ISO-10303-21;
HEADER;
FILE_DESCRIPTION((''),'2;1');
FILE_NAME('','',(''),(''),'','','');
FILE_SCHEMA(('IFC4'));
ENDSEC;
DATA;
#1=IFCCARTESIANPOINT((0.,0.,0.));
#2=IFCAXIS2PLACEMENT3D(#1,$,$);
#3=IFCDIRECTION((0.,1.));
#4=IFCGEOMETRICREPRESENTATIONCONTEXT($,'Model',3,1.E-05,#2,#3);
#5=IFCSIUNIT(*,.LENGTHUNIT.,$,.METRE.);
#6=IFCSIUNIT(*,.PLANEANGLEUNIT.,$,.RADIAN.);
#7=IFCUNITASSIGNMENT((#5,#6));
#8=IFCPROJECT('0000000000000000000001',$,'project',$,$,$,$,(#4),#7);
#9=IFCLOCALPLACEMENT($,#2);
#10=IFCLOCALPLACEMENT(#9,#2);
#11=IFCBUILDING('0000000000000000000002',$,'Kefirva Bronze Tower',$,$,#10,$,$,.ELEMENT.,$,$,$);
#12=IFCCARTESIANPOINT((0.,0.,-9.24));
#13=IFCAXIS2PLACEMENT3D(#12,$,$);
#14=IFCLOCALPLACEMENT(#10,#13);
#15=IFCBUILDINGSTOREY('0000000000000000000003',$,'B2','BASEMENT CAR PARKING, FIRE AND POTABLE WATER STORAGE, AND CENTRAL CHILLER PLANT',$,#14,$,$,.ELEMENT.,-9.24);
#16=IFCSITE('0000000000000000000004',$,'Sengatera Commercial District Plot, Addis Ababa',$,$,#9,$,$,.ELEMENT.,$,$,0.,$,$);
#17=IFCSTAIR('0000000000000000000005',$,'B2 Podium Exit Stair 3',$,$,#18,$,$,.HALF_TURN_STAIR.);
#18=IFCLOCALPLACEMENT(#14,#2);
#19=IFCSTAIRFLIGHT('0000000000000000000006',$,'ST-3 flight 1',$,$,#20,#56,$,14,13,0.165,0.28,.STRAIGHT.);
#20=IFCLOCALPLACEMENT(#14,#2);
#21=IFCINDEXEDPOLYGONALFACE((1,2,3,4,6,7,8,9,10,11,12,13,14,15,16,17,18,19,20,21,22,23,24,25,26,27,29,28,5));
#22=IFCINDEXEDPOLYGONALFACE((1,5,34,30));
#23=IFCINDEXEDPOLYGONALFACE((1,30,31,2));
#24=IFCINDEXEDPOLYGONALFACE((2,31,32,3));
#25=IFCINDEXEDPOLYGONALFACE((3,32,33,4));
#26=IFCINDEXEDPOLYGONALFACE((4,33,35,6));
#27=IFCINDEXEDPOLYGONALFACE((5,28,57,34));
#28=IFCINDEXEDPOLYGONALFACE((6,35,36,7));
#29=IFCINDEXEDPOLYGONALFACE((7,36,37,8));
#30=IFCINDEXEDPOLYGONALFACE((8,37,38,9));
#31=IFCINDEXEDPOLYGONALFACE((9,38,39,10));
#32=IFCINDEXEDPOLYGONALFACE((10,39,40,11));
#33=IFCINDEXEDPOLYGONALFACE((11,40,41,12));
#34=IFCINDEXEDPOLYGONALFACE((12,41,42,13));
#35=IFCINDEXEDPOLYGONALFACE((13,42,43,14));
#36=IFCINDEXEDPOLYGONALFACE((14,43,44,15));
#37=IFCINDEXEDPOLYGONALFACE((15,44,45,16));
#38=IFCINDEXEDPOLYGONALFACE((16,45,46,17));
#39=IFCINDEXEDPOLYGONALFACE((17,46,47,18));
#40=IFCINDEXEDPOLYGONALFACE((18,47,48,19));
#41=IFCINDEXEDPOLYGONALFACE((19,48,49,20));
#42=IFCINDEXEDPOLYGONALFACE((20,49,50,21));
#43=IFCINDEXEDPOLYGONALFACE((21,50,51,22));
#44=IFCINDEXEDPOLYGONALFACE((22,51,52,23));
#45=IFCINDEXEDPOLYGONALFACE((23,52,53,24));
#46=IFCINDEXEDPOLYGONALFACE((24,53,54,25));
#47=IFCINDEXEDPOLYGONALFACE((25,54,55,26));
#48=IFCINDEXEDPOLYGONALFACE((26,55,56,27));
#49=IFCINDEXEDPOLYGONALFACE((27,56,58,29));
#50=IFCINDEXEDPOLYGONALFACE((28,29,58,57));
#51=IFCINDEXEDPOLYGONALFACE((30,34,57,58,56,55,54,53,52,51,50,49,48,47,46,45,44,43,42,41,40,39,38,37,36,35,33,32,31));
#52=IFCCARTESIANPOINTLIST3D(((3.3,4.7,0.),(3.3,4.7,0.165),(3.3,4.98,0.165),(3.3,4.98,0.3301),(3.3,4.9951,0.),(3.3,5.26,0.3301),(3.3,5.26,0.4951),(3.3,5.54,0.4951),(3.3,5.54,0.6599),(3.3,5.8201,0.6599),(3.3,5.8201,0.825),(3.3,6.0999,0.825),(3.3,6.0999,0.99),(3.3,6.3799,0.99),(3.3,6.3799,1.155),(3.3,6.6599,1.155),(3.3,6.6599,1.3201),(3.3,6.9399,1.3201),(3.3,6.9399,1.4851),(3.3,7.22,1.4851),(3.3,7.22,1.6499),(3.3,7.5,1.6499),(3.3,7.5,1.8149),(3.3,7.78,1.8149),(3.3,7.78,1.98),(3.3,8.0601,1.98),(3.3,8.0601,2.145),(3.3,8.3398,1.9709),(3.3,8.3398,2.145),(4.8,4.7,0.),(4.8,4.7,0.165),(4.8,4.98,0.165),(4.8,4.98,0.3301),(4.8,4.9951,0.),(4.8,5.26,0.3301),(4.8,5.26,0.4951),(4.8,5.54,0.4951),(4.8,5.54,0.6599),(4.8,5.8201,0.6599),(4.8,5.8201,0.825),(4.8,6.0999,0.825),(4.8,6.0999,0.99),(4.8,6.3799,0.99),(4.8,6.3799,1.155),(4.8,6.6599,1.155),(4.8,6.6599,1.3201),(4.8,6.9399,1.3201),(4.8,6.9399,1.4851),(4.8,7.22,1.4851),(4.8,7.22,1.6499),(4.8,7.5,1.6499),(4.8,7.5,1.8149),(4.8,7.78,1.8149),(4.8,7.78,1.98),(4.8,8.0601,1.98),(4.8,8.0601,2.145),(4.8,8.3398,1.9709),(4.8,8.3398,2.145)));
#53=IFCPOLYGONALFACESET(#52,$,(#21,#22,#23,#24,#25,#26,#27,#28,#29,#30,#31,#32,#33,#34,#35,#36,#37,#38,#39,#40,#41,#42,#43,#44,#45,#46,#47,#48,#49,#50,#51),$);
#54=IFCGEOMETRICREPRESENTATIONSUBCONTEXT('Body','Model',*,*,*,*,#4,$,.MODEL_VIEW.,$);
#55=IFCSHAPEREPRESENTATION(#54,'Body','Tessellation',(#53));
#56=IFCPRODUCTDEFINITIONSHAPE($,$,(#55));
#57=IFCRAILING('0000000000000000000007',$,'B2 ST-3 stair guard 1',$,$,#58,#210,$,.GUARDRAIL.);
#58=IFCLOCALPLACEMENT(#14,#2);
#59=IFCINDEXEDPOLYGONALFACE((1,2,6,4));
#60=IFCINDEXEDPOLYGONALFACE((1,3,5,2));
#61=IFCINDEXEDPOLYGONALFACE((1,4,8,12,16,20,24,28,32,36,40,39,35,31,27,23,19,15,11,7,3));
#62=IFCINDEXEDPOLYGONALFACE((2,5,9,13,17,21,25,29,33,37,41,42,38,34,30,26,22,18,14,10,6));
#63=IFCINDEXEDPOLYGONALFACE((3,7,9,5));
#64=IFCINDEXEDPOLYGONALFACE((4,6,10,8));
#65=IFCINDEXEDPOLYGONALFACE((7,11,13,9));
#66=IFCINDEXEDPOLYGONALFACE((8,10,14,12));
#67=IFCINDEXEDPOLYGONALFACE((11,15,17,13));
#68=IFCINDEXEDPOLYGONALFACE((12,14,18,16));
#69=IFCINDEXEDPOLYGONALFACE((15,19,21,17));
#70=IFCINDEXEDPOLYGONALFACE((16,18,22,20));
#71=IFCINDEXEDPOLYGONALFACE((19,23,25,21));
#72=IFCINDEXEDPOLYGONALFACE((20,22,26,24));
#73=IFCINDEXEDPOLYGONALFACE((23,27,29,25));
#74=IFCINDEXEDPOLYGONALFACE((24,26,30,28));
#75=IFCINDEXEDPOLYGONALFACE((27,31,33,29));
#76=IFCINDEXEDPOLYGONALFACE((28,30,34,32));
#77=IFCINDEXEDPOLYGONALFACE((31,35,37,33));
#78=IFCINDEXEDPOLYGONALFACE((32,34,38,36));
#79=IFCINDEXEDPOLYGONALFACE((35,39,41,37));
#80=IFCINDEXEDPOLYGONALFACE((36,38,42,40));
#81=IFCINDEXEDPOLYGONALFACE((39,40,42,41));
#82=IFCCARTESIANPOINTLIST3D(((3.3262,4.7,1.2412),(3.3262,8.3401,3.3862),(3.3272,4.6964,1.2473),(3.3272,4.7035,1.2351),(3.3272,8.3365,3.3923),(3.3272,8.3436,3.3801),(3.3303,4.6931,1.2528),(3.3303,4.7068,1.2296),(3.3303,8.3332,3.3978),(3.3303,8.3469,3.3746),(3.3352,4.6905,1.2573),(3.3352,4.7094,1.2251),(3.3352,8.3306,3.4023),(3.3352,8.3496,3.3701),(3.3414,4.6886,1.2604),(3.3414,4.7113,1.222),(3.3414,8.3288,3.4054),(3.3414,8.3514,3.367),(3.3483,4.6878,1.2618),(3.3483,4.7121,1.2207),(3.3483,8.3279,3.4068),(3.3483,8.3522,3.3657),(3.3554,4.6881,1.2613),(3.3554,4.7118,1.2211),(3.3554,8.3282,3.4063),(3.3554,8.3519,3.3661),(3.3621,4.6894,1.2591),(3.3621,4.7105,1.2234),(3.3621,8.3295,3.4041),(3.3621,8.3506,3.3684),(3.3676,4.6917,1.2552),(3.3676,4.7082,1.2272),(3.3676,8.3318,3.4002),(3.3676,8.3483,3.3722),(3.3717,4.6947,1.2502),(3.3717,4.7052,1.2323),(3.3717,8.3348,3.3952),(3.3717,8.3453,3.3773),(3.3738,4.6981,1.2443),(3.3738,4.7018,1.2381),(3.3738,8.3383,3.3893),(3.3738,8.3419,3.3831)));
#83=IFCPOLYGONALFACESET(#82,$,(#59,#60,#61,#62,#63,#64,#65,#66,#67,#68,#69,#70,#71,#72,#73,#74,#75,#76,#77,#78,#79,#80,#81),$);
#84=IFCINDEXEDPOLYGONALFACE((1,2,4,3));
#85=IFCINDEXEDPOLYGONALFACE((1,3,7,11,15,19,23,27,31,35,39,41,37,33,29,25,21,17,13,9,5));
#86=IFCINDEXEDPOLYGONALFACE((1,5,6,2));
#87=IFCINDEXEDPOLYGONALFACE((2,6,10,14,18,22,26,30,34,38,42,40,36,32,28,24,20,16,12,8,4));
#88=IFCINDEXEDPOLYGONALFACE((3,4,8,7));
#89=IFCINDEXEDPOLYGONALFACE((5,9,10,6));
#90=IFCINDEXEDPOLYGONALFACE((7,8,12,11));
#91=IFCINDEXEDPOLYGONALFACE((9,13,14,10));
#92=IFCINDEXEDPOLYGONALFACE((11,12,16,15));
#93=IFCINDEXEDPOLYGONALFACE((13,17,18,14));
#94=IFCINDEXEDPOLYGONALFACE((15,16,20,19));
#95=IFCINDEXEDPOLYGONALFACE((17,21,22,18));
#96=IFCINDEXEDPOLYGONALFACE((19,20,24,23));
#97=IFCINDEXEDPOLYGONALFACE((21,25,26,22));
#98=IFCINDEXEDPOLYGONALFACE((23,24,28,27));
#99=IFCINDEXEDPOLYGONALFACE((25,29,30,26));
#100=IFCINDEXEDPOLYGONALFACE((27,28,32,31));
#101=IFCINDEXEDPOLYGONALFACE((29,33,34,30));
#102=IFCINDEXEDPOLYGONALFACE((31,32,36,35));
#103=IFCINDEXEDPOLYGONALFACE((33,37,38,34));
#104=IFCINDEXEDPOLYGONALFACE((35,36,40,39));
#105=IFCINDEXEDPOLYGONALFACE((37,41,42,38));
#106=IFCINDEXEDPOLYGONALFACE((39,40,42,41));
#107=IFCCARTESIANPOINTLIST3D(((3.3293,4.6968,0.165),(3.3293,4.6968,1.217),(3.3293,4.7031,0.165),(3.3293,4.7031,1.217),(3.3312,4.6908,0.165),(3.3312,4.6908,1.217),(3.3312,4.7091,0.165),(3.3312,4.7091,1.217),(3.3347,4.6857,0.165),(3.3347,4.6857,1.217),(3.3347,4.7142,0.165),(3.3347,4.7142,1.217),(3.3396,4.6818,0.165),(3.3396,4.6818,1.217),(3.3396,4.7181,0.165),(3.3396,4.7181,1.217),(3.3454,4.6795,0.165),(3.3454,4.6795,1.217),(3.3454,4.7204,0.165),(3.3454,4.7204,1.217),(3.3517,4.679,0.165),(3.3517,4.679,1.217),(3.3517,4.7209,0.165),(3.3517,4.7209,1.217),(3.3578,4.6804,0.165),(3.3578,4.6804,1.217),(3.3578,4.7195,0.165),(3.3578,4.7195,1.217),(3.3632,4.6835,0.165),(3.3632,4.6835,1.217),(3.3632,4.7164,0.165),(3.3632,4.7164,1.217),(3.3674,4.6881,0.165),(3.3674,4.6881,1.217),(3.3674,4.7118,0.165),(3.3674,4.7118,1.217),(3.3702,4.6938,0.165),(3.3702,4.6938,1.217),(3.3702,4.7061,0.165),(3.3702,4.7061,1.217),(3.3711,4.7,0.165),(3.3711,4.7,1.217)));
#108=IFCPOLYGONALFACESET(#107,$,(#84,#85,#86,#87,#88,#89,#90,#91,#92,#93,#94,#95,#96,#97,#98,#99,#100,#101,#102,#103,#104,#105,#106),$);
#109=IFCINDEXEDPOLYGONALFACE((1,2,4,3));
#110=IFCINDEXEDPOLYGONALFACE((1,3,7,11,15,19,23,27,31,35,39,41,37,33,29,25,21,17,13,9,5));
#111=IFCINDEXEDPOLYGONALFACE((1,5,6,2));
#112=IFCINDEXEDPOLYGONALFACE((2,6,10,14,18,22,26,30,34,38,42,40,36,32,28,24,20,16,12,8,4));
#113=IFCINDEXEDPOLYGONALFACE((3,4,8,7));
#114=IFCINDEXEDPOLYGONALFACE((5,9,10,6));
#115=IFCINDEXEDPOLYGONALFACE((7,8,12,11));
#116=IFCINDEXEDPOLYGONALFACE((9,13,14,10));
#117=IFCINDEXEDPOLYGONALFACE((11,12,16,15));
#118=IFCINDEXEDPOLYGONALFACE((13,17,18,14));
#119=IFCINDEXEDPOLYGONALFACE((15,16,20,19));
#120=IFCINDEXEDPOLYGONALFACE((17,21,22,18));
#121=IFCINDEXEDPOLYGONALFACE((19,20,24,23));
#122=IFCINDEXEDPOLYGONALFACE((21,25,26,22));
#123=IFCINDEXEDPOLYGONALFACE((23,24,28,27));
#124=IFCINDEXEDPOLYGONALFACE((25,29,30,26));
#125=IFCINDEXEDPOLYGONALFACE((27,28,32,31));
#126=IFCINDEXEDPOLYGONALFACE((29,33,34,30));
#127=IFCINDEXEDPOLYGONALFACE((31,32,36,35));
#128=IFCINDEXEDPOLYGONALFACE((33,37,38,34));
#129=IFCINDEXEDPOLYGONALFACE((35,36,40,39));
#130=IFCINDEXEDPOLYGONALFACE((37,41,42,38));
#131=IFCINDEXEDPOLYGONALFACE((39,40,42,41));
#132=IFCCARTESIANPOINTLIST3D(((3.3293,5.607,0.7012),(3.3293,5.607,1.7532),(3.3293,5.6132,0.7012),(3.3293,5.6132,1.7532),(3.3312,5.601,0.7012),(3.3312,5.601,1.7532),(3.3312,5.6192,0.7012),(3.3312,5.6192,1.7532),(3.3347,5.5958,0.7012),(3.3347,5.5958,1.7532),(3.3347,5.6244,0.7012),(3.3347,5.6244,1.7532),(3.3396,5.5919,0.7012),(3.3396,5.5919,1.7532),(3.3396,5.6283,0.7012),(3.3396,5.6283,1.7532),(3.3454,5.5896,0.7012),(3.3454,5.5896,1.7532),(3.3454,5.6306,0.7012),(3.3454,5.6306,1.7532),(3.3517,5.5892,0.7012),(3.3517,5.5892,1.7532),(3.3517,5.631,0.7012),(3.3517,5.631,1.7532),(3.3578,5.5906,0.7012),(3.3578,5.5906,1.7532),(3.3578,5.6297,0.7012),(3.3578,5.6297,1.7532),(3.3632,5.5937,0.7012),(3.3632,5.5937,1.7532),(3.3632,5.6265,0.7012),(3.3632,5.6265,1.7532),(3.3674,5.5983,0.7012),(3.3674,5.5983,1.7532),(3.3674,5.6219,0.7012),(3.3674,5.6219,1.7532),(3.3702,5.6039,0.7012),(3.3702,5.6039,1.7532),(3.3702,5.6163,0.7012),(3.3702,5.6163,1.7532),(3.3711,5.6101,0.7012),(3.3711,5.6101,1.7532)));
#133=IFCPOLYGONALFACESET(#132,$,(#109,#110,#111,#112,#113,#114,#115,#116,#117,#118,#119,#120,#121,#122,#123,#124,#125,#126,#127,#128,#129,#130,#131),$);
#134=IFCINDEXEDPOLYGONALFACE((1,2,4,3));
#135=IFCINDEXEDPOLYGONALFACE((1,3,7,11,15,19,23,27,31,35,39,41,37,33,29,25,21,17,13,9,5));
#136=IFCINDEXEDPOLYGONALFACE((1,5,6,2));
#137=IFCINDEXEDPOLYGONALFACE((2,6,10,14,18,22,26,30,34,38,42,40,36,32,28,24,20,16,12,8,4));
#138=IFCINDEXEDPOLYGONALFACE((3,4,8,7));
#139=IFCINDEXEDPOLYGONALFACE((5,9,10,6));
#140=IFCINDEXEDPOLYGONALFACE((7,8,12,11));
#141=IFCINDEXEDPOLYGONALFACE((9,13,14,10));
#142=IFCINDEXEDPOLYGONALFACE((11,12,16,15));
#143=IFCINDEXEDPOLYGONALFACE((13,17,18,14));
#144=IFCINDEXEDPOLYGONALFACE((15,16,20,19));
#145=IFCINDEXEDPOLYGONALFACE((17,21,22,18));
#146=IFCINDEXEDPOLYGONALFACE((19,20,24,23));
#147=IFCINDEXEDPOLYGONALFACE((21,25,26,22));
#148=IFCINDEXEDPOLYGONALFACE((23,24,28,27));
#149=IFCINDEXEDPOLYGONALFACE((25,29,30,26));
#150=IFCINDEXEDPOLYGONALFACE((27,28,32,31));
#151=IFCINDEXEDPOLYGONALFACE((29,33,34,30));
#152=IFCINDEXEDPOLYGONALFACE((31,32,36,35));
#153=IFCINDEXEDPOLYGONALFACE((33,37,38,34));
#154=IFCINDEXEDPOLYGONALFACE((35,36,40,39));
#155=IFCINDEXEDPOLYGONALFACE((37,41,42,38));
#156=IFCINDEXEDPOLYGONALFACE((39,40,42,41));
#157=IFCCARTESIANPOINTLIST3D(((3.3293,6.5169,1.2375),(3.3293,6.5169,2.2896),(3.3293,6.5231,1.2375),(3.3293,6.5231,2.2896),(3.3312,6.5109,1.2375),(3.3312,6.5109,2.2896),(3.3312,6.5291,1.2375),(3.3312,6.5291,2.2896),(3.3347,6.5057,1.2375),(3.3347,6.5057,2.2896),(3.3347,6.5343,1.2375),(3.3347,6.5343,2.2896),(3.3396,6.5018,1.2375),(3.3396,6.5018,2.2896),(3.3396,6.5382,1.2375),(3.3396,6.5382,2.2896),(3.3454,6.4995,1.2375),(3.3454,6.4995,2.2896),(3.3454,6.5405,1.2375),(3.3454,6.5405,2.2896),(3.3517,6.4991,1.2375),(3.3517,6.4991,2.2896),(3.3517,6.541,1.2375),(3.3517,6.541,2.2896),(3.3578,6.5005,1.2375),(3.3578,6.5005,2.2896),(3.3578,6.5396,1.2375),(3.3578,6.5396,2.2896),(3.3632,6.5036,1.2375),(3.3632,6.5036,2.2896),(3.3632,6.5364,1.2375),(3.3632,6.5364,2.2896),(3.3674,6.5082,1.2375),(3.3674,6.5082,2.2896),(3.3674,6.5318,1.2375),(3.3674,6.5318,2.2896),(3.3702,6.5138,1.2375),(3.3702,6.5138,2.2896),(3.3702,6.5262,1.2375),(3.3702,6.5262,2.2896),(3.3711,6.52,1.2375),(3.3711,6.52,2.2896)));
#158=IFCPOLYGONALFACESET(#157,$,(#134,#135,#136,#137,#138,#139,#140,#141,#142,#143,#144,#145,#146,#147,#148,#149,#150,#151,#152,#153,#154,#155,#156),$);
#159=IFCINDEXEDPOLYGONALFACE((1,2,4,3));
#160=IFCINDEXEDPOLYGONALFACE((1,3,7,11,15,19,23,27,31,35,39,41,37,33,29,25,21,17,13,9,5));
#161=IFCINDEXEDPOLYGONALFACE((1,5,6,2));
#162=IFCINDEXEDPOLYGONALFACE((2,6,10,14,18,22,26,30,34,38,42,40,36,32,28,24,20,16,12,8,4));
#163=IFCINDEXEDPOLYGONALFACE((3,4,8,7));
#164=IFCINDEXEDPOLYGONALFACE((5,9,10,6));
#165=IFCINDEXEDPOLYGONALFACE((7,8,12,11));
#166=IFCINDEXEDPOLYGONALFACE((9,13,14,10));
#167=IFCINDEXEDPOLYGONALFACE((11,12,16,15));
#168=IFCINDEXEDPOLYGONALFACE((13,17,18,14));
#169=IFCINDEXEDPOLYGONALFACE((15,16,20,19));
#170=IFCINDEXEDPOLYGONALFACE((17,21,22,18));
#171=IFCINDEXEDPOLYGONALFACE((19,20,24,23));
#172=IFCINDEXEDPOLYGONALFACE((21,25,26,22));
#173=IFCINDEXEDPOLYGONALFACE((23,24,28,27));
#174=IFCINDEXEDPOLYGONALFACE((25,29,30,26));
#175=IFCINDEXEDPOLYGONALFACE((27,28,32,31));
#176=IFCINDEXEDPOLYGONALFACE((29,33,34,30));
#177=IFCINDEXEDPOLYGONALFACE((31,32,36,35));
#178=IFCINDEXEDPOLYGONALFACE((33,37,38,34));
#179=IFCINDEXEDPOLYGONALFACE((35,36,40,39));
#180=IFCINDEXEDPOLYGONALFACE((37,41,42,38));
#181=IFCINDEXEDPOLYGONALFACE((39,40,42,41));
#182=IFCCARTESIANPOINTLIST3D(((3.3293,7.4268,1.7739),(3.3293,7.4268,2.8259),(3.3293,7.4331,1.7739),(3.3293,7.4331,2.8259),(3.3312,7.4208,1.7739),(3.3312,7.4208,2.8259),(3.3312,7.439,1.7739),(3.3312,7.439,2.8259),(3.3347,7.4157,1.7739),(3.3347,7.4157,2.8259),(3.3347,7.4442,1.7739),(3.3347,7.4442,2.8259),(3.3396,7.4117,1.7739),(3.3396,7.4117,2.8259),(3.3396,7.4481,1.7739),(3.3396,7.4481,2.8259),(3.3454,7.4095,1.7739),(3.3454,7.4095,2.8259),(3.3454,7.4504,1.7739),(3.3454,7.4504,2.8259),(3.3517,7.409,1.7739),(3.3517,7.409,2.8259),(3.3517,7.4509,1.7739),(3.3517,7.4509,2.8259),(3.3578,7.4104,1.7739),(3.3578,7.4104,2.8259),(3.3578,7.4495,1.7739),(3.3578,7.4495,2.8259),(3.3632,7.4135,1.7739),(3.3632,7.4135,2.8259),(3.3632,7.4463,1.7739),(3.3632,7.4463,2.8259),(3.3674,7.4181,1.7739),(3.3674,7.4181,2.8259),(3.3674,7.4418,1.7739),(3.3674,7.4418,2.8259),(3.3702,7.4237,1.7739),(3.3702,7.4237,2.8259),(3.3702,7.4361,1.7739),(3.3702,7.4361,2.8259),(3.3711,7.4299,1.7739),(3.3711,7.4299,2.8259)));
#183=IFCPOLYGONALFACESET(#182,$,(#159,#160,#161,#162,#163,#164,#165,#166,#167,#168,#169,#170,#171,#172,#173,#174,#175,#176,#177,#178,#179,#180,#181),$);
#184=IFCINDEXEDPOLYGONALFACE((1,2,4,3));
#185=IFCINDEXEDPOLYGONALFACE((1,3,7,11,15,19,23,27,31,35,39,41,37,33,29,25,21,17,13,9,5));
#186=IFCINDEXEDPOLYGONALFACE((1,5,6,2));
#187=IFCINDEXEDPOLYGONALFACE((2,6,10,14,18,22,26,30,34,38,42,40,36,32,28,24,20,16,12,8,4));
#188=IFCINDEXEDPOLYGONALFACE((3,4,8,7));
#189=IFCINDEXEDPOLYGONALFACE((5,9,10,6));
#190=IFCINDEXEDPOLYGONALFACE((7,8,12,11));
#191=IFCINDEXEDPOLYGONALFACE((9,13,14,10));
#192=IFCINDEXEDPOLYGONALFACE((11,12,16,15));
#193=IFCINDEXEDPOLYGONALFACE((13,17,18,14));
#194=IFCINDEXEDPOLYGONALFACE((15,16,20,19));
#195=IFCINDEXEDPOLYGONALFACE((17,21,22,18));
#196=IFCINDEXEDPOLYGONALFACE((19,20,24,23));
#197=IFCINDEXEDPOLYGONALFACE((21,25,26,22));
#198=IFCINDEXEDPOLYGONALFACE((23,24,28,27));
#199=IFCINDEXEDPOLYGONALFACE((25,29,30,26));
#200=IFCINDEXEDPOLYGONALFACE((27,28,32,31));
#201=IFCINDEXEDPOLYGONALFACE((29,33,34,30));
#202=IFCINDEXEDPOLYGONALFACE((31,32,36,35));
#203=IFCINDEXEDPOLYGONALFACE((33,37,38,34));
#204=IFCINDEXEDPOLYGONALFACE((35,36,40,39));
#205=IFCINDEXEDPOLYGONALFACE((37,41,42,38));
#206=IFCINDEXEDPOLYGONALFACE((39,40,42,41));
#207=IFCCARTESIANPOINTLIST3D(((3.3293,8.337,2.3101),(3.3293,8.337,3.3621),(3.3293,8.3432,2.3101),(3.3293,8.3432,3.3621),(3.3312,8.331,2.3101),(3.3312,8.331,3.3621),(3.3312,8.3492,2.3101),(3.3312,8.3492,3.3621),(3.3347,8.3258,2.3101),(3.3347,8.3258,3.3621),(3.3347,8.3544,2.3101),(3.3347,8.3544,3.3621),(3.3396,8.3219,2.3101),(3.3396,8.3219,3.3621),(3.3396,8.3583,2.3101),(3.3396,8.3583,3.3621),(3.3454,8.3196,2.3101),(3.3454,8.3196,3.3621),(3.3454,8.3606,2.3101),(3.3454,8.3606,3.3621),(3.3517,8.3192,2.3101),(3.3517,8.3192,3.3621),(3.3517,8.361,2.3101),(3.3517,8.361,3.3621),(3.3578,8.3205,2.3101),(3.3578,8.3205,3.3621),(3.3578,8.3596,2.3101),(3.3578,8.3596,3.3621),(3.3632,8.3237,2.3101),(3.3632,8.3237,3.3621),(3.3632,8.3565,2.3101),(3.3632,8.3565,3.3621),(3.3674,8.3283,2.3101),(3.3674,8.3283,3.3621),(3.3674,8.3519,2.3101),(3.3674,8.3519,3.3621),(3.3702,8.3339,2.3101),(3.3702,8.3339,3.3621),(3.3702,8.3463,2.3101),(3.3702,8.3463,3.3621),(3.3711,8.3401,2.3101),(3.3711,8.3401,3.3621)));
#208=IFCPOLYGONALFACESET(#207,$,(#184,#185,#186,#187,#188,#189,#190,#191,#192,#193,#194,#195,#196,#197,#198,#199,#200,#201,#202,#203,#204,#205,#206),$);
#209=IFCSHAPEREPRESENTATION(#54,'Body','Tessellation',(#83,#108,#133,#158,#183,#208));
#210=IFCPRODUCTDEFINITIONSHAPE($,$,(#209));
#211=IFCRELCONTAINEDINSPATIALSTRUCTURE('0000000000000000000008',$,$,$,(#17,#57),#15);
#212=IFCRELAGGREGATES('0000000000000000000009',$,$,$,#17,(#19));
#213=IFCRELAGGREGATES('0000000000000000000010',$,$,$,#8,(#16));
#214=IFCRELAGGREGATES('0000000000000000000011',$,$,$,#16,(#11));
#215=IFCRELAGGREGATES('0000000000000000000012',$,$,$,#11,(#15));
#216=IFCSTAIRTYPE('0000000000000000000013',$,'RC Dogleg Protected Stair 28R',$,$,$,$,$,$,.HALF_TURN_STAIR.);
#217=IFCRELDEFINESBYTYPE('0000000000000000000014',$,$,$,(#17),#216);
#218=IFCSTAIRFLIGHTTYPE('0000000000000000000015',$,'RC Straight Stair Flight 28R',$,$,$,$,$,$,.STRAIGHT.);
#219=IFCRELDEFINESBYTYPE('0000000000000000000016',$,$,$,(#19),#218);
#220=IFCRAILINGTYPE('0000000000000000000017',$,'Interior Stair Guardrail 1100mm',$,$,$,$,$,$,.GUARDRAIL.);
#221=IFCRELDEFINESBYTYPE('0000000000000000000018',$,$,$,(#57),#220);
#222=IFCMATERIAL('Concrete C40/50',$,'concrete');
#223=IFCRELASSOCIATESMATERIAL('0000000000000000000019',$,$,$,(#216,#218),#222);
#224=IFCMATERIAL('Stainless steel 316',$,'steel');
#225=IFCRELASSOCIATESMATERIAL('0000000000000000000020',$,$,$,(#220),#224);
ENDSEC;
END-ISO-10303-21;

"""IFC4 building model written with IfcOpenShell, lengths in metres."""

from ifc_helpers import new_model, si_unit, direction, frame, origin, origin_2d, place, context, subcontext, project, spatial, polyline, circle, outline, extrude, material, type_object, element, aggregate, save


model = new_model("IFC4")

# Units and contexts
model_context = context("Model", 3, precision=1e-05, world=origin(), true_north=direction((0.0, 1.0)))
body_context = subcontext(model_context, "Body", "Model", "MODEL_VIEW")
ifc_project = project(units=[si_unit("LENGTHUNIT", "METRE"), si_unit("PLANEANGLEUNIT", "RADIAN")], contexts=[model_context])

# Site, building, storey
site_placement = place(None, origin())
site = spatial("IfcSite", under=ifc_project, at=site_placement, Name="Sengatera Commercial District Plot, Addis Ababa", CompositionType="ELEMENT", RefElevation=0.0)
building_placement = place(site_placement, origin())
building = spatial("IfcBuilding", under=site, at=building_placement, Name="Kefirva Bronze Tower", CompositionType="ELEMENT")
storey_placement = place(building_placement, frame((0.0, 0.0, -9.24)))
storey = spatial("IfcBuildingStorey", under=building, at=storey_placement, Name="B2", Description="BASEMENT CAR PARKING, FIRE AND POTABLE WATER STORAGE, AND CENTRAL CHILLER PLANT", CompositionType="ELEMENT", Elevation=-9.24)

# Shared definitions
ifc_material_1 = material(Name="Concrete C40/50", Category="concrete")

# Stair
stair_type = type_object("IfcStairType", Name="RC Dogleg Protected Stair 28R", PredefinedType="HALF_TURN_STAIR", material=ifc_material_1)
stair_1_placement = place(storey_placement, origin())
stair_1 = element("IfcStair", 1, at=stair_1_placement, inside=storey, type_object=stair_type, Name="B2 Podium Exit Stair 3", PredefinedType="HALF_TURN_STAIR")

# Stair flight
stair_flight_type = type_object("IfcStairFlightType", Name="RC Straight Stair Flight 28R", PredefinedType="STRAIGHT", material=ifc_material_1)
stair_flight_placement = place(storey_placement, frame((4.05, 4.7, 0.0), z_axis=(0.0, 0.0, 1.0), x_axis=(0.0, 1.0, 0.0)))
stair_flight = element("IfcStairFlight", 2, at=stair_flight_placement, type_object=stair_flight_type, Name="ST-3 flight 1", NumberOfRisers=14, NumberOfTreads=13, PredefinedType="STRAIGHT", RiserHeight=0.165, TreadLength=0.28, context=body_context, shape_type="SweptSolid", body=[
    extrude(outline(polyline([(0.0, 0.0), (0.0, 0.165), (0.28, 0.165), (0.28, 0.3301), (0.5601, 0.3301), (0.5601, 0.4951), (0.8401, 0.4951), (0.8401, 0.6599), (1.1201, 0.6599), (1.1201, 0.825), (1.3999, 0.825), (1.3999, 0.99), (1.6799, 0.99), (1.6799, 1.155), (1.96, 1.155), (1.96, 1.3201), (2.24, 1.3201), (2.24, 1.4851), (2.52, 1.4851), (2.52, 1.6499), (2.8, 1.6499), (2.8, 1.8149), (3.0801, 1.8149), (3.0801, 1.98), (3.3601, 1.98), (3.3601, 2.145), (3.6399, 2.145), (3.6399, 2.3101), (3.6399, 1.9709), (0.2952, 0.0), (0.0, 0.0)])), frame((0.0, 0.75, 0.0), z_axis=(0.0, -1.0, 0.0), x_axis=(1.0, 0.0, 0.0)), (0.0, 0.0, 1.0), 1.5),
])
aggregate(stair_1, [stair_flight])

# Railing
ifc_material_2 = material(Name="Stainless steel 316", Category="steel")
railing_type_1 = type_object("IfcRailingType", Name="Interior Stair Guardrail 1100mm", PredefinedType="GUARDRAIL", material=ifc_material_2)
railing_1_placement = place(storey_placement, frame((3.3501, 4.7, 0.165)))
element("IfcRailing", 3, at=railing_1_placement, inside=storey, type_object=railing_type_1, Name="B2 ST-3 stair guard 1", PredefinedType="GUARDRAIL", context=body_context, shape_type="SweptSolid", body=[
    extrude(circle(Radius=0.0239, at=origin_2d()), frame((0.0, 0.0, 1.0762), z_axis=(0.0, 0.861545, 0.507682), x_axis=(-1.0, 0.0, 0.0)), (0.0, 0.0, 1.0), 4.2251),
    extrude(circle(Radius=0.021, at=origin_2d()), origin(), (0.0, 0.0, 1.0), 1.052),
    extrude(circle(Radius=0.021, at=origin_2d()), frame((0.0, 0.9102, 0.5361)), (0.0, 0.0, 1.0), 1.052),
    extrude(circle(Radius=0.021, at=origin_2d()), frame((0.0, 1.8201, 1.0725)), (0.0, 0.0, 1.0), 1.052),
    extrude(circle(Radius=0.021, at=origin_2d()), frame((0.0, 2.73, 1.6089)), (0.0, 0.0, 1.0), 1.052),
    extrude(circle(Radius=0.021, at=origin_2d()), frame((0.0, 3.6401, 2.145)), (0.0, 0.0, 1.0), 1.052),
])

save(model, "model.ifc")
